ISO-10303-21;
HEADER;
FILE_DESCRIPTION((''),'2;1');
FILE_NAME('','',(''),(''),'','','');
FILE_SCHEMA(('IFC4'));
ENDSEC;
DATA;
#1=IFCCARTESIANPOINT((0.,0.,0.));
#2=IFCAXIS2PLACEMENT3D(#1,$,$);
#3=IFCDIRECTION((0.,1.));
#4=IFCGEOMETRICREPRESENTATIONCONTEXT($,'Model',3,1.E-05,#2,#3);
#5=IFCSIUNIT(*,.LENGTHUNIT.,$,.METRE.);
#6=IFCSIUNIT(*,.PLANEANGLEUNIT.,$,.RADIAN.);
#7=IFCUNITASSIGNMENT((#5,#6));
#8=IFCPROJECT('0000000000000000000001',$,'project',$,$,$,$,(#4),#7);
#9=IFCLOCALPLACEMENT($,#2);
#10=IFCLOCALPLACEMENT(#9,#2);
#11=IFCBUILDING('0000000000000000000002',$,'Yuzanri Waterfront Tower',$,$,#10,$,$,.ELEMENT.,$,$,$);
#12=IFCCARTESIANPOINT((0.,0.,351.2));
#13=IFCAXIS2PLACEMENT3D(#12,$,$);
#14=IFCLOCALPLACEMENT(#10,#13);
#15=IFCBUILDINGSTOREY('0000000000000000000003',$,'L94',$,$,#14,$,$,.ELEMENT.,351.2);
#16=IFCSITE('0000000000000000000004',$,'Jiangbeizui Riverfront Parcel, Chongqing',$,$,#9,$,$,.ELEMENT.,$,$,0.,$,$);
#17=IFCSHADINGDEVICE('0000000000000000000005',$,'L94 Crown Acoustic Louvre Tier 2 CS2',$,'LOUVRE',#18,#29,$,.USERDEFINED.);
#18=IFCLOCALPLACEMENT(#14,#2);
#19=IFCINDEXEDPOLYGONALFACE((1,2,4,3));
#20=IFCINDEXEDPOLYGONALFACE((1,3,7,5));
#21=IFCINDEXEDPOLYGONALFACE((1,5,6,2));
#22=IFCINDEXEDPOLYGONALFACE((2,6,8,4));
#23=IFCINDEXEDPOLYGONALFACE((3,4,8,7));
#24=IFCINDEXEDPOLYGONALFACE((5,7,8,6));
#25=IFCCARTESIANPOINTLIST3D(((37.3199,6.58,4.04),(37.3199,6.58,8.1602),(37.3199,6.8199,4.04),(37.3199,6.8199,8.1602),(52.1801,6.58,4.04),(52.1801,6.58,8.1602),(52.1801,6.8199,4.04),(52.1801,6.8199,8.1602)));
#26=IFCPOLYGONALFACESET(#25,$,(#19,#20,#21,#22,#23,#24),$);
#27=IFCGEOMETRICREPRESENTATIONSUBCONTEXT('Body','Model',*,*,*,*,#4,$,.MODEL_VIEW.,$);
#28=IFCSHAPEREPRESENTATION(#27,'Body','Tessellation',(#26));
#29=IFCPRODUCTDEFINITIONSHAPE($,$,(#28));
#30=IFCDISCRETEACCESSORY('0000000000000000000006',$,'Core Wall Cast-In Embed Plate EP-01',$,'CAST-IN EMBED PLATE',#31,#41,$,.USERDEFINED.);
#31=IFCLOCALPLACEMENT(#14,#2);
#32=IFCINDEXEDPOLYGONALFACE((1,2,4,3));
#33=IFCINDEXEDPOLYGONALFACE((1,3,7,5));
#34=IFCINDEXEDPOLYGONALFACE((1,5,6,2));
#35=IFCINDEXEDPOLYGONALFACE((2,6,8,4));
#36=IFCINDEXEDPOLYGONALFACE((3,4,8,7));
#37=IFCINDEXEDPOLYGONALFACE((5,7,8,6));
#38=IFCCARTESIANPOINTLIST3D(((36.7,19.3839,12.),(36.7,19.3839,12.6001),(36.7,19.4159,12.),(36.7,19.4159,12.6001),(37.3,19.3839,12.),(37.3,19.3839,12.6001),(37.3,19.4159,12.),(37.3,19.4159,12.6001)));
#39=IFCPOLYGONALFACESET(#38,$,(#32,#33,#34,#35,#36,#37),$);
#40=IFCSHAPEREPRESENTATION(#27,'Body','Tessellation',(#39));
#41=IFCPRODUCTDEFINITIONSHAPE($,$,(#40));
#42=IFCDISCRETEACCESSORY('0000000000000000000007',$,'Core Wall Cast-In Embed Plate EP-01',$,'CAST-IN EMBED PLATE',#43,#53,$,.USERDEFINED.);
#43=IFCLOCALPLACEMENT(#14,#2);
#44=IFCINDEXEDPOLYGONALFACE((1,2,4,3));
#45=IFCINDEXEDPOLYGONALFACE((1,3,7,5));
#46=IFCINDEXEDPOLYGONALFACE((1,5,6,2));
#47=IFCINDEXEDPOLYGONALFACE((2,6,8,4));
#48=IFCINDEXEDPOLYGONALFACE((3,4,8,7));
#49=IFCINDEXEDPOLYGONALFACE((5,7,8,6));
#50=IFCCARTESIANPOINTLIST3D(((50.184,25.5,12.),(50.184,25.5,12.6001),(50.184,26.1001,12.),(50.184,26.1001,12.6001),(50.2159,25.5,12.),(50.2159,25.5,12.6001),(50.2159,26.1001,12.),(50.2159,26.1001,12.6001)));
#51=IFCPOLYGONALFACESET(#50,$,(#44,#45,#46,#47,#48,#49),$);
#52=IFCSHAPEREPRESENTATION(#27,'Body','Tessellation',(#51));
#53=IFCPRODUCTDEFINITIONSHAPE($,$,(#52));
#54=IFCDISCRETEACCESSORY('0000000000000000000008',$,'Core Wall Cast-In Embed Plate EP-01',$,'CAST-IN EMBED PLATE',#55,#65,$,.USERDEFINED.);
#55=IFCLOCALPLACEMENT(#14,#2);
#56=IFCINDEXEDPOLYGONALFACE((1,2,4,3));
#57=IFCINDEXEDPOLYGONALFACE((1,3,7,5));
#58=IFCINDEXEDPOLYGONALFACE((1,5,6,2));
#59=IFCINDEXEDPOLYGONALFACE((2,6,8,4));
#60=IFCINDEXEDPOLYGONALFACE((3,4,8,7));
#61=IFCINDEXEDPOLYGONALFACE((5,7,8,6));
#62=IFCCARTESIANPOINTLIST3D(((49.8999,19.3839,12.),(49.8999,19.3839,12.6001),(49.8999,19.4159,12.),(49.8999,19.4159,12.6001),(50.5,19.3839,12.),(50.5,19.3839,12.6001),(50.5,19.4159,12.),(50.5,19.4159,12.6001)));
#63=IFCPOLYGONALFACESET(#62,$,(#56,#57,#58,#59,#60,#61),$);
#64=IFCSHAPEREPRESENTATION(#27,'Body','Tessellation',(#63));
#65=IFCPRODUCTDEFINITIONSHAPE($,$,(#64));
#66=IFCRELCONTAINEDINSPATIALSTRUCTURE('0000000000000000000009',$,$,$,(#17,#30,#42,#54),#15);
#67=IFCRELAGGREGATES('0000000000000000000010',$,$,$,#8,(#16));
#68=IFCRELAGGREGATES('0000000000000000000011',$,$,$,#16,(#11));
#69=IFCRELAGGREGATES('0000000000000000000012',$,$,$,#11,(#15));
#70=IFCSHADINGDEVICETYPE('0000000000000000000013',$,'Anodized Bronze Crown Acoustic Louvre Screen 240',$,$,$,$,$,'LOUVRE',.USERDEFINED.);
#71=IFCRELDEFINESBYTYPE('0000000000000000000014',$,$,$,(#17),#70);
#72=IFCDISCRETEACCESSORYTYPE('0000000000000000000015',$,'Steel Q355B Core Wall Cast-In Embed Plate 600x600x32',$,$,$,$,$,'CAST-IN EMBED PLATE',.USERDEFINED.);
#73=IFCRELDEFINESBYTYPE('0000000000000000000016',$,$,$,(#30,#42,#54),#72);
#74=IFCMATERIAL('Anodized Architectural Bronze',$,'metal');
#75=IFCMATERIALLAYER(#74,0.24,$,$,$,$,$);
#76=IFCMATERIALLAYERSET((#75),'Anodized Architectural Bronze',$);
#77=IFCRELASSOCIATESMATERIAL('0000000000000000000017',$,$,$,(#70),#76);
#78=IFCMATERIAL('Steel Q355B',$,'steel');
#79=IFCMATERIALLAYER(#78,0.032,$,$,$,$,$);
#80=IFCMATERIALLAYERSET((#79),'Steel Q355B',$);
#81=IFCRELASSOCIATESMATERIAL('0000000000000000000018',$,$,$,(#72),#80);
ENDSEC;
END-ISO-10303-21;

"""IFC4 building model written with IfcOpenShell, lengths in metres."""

from ifc_helpers import new_model, si_unit, direction, frame, origin, origin_2d, place, context, subcontext, project, spatial, rectangle, extrude, source, transform, mapped, material, layer, layer_set, type_object, element, save


model = new_model("IFC4")

# Units and contexts
model_context = context("Model", 3, precision=1e-05, world=origin(), true_north=direction((0.0, 1.0)))
body_context = subcontext(model_context, "Body", "Model", "MODEL_VIEW")
ifc_project = project(units=[si_unit("LENGTHUNIT", "METRE"), si_unit("PLANEANGLEUNIT", "RADIAN")], contexts=[model_context])

# Site, building, storey
site_placement = place(None, origin())
site = spatial("IfcSite", under=ifc_project, at=site_placement, Name="Jiangbeizui Riverfront Parcel, Chongqing", CompositionType="ELEMENT", RefElevation=0.0)
building_placement = place(site_placement, origin())
building = spatial("IfcBuilding", under=site, at=building_placement, Name="Yuzanri Waterfront Tower", CompositionType="ELEMENT")
storey_placement = place(building_placement, frame((0.0, 0.0, 351.2)))
storey = spatial("IfcBuildingStorey", under=building, at=storey_placement, Name="L94", CompositionType="ELEMENT", Elevation=351.2)

# Shading device
ifc_material_1 = material(Name="Anodized Architectural Bronze", Category="metal")
ifc_layer_1 = layer(ifc_material_1, 0.24)
ifc_layer_set_1 = layer_set([ifc_layer_1], Name="Anodized Architectural Bronze")
shading_device_type = type_object("IfcShadingDeviceType", Name="Anodized Bronze Crown Acoustic Louvre Screen 240", ElementType="LOUVRE", PredefinedType="USERDEFINED", material=ifc_layer_set_1)
shared_shape_1 = source(origin(), body_context, "Body", "SweptSolid", [
    extrude(rectangle(XDim=14.8601, YDim=0.24, at=origin_2d()), origin(), (0.0, 0.0, 1.0), 4.1201),
])
shading_device_placement = place(storey_placement, frame((44.75, 6.7, 4.04), z_axis=(0.0, 0.0, 1.0), x_axis=(1.0, 0.0, 0.0)))
element("IfcShadingDevice", 1, at=shading_device_placement, inside=storey, type_object=shading_device_type, Name="L94 Crown Acoustic Louvre Tier 2 CS2", ObjectType="LOUVRE", PredefinedType="USERDEFINED", context=body_context, shape_type="MappedRepresentation", body=[
    mapped(shared_shape_1, transform((0.0, 0.0, 0.0), scale=1.0)),
])

# Discrete accessories
ifc_material_2 = material(Name="Steel Q355B", Category="steel")
ifc_layer_2 = layer(ifc_material_2, 0.032)
ifc_layer_set_2 = layer_set([ifc_layer_2], Name="Steel Q355B")
discrete_accessory_type = type_object("IfcDiscreteAccessoryType", Name="Steel Q355B Core Wall Cast-In Embed Plate 600x600x32", ElementType="CAST-IN EMBED PLATE", PredefinedType="USERDEFINED", material=ifc_layer_set_2)
shared_shape_2 = source(origin(), body_context, "Body", "SweptSolid", [
    extrude(rectangle(XDim=0.6001, YDim=0.032, at=origin_2d()), origin(), (0.0, 0.0, 1.0), 0.6001),
])
for number, where, z_axis, x_axis, name in (
    (2, (37.0, 19.3999, 12.0), (0.0, 0.0, 1.0), (1.0, 0.0, 0.0), "Core Wall Cast-In Embed Plate EP-01"),
    (3, (50.2, 25.8, 12.0), (0.0, 0.0, 1.0), (0.0, 1.0, 0.0), "Core Wall Cast-In Embed Plate EP-01"),
    (4, (50.2, 19.3999, 12.0), (0.0, 0.0, 1.0), (1.0, 0.0, 0.0), "Core Wall Cast-In Embed Plate EP-01"),
):
    element("IfcDiscreteAccessory", number, at=place(storey_placement, frame(where, z_axis=z_axis, x_axis=x_axis)), inside=storey, type_object=discrete_accessory_type, Name=name, ObjectType="CAST-IN EMBED PLATE", PredefinedType="USERDEFINED", context=body_context, shape_type="MappedRepresentation", body=[
        mapped(shared_shape_2, transform((0.0, 0.0, 0.0), scale=1.0)),
    ])

save(model, "model.ifc")
